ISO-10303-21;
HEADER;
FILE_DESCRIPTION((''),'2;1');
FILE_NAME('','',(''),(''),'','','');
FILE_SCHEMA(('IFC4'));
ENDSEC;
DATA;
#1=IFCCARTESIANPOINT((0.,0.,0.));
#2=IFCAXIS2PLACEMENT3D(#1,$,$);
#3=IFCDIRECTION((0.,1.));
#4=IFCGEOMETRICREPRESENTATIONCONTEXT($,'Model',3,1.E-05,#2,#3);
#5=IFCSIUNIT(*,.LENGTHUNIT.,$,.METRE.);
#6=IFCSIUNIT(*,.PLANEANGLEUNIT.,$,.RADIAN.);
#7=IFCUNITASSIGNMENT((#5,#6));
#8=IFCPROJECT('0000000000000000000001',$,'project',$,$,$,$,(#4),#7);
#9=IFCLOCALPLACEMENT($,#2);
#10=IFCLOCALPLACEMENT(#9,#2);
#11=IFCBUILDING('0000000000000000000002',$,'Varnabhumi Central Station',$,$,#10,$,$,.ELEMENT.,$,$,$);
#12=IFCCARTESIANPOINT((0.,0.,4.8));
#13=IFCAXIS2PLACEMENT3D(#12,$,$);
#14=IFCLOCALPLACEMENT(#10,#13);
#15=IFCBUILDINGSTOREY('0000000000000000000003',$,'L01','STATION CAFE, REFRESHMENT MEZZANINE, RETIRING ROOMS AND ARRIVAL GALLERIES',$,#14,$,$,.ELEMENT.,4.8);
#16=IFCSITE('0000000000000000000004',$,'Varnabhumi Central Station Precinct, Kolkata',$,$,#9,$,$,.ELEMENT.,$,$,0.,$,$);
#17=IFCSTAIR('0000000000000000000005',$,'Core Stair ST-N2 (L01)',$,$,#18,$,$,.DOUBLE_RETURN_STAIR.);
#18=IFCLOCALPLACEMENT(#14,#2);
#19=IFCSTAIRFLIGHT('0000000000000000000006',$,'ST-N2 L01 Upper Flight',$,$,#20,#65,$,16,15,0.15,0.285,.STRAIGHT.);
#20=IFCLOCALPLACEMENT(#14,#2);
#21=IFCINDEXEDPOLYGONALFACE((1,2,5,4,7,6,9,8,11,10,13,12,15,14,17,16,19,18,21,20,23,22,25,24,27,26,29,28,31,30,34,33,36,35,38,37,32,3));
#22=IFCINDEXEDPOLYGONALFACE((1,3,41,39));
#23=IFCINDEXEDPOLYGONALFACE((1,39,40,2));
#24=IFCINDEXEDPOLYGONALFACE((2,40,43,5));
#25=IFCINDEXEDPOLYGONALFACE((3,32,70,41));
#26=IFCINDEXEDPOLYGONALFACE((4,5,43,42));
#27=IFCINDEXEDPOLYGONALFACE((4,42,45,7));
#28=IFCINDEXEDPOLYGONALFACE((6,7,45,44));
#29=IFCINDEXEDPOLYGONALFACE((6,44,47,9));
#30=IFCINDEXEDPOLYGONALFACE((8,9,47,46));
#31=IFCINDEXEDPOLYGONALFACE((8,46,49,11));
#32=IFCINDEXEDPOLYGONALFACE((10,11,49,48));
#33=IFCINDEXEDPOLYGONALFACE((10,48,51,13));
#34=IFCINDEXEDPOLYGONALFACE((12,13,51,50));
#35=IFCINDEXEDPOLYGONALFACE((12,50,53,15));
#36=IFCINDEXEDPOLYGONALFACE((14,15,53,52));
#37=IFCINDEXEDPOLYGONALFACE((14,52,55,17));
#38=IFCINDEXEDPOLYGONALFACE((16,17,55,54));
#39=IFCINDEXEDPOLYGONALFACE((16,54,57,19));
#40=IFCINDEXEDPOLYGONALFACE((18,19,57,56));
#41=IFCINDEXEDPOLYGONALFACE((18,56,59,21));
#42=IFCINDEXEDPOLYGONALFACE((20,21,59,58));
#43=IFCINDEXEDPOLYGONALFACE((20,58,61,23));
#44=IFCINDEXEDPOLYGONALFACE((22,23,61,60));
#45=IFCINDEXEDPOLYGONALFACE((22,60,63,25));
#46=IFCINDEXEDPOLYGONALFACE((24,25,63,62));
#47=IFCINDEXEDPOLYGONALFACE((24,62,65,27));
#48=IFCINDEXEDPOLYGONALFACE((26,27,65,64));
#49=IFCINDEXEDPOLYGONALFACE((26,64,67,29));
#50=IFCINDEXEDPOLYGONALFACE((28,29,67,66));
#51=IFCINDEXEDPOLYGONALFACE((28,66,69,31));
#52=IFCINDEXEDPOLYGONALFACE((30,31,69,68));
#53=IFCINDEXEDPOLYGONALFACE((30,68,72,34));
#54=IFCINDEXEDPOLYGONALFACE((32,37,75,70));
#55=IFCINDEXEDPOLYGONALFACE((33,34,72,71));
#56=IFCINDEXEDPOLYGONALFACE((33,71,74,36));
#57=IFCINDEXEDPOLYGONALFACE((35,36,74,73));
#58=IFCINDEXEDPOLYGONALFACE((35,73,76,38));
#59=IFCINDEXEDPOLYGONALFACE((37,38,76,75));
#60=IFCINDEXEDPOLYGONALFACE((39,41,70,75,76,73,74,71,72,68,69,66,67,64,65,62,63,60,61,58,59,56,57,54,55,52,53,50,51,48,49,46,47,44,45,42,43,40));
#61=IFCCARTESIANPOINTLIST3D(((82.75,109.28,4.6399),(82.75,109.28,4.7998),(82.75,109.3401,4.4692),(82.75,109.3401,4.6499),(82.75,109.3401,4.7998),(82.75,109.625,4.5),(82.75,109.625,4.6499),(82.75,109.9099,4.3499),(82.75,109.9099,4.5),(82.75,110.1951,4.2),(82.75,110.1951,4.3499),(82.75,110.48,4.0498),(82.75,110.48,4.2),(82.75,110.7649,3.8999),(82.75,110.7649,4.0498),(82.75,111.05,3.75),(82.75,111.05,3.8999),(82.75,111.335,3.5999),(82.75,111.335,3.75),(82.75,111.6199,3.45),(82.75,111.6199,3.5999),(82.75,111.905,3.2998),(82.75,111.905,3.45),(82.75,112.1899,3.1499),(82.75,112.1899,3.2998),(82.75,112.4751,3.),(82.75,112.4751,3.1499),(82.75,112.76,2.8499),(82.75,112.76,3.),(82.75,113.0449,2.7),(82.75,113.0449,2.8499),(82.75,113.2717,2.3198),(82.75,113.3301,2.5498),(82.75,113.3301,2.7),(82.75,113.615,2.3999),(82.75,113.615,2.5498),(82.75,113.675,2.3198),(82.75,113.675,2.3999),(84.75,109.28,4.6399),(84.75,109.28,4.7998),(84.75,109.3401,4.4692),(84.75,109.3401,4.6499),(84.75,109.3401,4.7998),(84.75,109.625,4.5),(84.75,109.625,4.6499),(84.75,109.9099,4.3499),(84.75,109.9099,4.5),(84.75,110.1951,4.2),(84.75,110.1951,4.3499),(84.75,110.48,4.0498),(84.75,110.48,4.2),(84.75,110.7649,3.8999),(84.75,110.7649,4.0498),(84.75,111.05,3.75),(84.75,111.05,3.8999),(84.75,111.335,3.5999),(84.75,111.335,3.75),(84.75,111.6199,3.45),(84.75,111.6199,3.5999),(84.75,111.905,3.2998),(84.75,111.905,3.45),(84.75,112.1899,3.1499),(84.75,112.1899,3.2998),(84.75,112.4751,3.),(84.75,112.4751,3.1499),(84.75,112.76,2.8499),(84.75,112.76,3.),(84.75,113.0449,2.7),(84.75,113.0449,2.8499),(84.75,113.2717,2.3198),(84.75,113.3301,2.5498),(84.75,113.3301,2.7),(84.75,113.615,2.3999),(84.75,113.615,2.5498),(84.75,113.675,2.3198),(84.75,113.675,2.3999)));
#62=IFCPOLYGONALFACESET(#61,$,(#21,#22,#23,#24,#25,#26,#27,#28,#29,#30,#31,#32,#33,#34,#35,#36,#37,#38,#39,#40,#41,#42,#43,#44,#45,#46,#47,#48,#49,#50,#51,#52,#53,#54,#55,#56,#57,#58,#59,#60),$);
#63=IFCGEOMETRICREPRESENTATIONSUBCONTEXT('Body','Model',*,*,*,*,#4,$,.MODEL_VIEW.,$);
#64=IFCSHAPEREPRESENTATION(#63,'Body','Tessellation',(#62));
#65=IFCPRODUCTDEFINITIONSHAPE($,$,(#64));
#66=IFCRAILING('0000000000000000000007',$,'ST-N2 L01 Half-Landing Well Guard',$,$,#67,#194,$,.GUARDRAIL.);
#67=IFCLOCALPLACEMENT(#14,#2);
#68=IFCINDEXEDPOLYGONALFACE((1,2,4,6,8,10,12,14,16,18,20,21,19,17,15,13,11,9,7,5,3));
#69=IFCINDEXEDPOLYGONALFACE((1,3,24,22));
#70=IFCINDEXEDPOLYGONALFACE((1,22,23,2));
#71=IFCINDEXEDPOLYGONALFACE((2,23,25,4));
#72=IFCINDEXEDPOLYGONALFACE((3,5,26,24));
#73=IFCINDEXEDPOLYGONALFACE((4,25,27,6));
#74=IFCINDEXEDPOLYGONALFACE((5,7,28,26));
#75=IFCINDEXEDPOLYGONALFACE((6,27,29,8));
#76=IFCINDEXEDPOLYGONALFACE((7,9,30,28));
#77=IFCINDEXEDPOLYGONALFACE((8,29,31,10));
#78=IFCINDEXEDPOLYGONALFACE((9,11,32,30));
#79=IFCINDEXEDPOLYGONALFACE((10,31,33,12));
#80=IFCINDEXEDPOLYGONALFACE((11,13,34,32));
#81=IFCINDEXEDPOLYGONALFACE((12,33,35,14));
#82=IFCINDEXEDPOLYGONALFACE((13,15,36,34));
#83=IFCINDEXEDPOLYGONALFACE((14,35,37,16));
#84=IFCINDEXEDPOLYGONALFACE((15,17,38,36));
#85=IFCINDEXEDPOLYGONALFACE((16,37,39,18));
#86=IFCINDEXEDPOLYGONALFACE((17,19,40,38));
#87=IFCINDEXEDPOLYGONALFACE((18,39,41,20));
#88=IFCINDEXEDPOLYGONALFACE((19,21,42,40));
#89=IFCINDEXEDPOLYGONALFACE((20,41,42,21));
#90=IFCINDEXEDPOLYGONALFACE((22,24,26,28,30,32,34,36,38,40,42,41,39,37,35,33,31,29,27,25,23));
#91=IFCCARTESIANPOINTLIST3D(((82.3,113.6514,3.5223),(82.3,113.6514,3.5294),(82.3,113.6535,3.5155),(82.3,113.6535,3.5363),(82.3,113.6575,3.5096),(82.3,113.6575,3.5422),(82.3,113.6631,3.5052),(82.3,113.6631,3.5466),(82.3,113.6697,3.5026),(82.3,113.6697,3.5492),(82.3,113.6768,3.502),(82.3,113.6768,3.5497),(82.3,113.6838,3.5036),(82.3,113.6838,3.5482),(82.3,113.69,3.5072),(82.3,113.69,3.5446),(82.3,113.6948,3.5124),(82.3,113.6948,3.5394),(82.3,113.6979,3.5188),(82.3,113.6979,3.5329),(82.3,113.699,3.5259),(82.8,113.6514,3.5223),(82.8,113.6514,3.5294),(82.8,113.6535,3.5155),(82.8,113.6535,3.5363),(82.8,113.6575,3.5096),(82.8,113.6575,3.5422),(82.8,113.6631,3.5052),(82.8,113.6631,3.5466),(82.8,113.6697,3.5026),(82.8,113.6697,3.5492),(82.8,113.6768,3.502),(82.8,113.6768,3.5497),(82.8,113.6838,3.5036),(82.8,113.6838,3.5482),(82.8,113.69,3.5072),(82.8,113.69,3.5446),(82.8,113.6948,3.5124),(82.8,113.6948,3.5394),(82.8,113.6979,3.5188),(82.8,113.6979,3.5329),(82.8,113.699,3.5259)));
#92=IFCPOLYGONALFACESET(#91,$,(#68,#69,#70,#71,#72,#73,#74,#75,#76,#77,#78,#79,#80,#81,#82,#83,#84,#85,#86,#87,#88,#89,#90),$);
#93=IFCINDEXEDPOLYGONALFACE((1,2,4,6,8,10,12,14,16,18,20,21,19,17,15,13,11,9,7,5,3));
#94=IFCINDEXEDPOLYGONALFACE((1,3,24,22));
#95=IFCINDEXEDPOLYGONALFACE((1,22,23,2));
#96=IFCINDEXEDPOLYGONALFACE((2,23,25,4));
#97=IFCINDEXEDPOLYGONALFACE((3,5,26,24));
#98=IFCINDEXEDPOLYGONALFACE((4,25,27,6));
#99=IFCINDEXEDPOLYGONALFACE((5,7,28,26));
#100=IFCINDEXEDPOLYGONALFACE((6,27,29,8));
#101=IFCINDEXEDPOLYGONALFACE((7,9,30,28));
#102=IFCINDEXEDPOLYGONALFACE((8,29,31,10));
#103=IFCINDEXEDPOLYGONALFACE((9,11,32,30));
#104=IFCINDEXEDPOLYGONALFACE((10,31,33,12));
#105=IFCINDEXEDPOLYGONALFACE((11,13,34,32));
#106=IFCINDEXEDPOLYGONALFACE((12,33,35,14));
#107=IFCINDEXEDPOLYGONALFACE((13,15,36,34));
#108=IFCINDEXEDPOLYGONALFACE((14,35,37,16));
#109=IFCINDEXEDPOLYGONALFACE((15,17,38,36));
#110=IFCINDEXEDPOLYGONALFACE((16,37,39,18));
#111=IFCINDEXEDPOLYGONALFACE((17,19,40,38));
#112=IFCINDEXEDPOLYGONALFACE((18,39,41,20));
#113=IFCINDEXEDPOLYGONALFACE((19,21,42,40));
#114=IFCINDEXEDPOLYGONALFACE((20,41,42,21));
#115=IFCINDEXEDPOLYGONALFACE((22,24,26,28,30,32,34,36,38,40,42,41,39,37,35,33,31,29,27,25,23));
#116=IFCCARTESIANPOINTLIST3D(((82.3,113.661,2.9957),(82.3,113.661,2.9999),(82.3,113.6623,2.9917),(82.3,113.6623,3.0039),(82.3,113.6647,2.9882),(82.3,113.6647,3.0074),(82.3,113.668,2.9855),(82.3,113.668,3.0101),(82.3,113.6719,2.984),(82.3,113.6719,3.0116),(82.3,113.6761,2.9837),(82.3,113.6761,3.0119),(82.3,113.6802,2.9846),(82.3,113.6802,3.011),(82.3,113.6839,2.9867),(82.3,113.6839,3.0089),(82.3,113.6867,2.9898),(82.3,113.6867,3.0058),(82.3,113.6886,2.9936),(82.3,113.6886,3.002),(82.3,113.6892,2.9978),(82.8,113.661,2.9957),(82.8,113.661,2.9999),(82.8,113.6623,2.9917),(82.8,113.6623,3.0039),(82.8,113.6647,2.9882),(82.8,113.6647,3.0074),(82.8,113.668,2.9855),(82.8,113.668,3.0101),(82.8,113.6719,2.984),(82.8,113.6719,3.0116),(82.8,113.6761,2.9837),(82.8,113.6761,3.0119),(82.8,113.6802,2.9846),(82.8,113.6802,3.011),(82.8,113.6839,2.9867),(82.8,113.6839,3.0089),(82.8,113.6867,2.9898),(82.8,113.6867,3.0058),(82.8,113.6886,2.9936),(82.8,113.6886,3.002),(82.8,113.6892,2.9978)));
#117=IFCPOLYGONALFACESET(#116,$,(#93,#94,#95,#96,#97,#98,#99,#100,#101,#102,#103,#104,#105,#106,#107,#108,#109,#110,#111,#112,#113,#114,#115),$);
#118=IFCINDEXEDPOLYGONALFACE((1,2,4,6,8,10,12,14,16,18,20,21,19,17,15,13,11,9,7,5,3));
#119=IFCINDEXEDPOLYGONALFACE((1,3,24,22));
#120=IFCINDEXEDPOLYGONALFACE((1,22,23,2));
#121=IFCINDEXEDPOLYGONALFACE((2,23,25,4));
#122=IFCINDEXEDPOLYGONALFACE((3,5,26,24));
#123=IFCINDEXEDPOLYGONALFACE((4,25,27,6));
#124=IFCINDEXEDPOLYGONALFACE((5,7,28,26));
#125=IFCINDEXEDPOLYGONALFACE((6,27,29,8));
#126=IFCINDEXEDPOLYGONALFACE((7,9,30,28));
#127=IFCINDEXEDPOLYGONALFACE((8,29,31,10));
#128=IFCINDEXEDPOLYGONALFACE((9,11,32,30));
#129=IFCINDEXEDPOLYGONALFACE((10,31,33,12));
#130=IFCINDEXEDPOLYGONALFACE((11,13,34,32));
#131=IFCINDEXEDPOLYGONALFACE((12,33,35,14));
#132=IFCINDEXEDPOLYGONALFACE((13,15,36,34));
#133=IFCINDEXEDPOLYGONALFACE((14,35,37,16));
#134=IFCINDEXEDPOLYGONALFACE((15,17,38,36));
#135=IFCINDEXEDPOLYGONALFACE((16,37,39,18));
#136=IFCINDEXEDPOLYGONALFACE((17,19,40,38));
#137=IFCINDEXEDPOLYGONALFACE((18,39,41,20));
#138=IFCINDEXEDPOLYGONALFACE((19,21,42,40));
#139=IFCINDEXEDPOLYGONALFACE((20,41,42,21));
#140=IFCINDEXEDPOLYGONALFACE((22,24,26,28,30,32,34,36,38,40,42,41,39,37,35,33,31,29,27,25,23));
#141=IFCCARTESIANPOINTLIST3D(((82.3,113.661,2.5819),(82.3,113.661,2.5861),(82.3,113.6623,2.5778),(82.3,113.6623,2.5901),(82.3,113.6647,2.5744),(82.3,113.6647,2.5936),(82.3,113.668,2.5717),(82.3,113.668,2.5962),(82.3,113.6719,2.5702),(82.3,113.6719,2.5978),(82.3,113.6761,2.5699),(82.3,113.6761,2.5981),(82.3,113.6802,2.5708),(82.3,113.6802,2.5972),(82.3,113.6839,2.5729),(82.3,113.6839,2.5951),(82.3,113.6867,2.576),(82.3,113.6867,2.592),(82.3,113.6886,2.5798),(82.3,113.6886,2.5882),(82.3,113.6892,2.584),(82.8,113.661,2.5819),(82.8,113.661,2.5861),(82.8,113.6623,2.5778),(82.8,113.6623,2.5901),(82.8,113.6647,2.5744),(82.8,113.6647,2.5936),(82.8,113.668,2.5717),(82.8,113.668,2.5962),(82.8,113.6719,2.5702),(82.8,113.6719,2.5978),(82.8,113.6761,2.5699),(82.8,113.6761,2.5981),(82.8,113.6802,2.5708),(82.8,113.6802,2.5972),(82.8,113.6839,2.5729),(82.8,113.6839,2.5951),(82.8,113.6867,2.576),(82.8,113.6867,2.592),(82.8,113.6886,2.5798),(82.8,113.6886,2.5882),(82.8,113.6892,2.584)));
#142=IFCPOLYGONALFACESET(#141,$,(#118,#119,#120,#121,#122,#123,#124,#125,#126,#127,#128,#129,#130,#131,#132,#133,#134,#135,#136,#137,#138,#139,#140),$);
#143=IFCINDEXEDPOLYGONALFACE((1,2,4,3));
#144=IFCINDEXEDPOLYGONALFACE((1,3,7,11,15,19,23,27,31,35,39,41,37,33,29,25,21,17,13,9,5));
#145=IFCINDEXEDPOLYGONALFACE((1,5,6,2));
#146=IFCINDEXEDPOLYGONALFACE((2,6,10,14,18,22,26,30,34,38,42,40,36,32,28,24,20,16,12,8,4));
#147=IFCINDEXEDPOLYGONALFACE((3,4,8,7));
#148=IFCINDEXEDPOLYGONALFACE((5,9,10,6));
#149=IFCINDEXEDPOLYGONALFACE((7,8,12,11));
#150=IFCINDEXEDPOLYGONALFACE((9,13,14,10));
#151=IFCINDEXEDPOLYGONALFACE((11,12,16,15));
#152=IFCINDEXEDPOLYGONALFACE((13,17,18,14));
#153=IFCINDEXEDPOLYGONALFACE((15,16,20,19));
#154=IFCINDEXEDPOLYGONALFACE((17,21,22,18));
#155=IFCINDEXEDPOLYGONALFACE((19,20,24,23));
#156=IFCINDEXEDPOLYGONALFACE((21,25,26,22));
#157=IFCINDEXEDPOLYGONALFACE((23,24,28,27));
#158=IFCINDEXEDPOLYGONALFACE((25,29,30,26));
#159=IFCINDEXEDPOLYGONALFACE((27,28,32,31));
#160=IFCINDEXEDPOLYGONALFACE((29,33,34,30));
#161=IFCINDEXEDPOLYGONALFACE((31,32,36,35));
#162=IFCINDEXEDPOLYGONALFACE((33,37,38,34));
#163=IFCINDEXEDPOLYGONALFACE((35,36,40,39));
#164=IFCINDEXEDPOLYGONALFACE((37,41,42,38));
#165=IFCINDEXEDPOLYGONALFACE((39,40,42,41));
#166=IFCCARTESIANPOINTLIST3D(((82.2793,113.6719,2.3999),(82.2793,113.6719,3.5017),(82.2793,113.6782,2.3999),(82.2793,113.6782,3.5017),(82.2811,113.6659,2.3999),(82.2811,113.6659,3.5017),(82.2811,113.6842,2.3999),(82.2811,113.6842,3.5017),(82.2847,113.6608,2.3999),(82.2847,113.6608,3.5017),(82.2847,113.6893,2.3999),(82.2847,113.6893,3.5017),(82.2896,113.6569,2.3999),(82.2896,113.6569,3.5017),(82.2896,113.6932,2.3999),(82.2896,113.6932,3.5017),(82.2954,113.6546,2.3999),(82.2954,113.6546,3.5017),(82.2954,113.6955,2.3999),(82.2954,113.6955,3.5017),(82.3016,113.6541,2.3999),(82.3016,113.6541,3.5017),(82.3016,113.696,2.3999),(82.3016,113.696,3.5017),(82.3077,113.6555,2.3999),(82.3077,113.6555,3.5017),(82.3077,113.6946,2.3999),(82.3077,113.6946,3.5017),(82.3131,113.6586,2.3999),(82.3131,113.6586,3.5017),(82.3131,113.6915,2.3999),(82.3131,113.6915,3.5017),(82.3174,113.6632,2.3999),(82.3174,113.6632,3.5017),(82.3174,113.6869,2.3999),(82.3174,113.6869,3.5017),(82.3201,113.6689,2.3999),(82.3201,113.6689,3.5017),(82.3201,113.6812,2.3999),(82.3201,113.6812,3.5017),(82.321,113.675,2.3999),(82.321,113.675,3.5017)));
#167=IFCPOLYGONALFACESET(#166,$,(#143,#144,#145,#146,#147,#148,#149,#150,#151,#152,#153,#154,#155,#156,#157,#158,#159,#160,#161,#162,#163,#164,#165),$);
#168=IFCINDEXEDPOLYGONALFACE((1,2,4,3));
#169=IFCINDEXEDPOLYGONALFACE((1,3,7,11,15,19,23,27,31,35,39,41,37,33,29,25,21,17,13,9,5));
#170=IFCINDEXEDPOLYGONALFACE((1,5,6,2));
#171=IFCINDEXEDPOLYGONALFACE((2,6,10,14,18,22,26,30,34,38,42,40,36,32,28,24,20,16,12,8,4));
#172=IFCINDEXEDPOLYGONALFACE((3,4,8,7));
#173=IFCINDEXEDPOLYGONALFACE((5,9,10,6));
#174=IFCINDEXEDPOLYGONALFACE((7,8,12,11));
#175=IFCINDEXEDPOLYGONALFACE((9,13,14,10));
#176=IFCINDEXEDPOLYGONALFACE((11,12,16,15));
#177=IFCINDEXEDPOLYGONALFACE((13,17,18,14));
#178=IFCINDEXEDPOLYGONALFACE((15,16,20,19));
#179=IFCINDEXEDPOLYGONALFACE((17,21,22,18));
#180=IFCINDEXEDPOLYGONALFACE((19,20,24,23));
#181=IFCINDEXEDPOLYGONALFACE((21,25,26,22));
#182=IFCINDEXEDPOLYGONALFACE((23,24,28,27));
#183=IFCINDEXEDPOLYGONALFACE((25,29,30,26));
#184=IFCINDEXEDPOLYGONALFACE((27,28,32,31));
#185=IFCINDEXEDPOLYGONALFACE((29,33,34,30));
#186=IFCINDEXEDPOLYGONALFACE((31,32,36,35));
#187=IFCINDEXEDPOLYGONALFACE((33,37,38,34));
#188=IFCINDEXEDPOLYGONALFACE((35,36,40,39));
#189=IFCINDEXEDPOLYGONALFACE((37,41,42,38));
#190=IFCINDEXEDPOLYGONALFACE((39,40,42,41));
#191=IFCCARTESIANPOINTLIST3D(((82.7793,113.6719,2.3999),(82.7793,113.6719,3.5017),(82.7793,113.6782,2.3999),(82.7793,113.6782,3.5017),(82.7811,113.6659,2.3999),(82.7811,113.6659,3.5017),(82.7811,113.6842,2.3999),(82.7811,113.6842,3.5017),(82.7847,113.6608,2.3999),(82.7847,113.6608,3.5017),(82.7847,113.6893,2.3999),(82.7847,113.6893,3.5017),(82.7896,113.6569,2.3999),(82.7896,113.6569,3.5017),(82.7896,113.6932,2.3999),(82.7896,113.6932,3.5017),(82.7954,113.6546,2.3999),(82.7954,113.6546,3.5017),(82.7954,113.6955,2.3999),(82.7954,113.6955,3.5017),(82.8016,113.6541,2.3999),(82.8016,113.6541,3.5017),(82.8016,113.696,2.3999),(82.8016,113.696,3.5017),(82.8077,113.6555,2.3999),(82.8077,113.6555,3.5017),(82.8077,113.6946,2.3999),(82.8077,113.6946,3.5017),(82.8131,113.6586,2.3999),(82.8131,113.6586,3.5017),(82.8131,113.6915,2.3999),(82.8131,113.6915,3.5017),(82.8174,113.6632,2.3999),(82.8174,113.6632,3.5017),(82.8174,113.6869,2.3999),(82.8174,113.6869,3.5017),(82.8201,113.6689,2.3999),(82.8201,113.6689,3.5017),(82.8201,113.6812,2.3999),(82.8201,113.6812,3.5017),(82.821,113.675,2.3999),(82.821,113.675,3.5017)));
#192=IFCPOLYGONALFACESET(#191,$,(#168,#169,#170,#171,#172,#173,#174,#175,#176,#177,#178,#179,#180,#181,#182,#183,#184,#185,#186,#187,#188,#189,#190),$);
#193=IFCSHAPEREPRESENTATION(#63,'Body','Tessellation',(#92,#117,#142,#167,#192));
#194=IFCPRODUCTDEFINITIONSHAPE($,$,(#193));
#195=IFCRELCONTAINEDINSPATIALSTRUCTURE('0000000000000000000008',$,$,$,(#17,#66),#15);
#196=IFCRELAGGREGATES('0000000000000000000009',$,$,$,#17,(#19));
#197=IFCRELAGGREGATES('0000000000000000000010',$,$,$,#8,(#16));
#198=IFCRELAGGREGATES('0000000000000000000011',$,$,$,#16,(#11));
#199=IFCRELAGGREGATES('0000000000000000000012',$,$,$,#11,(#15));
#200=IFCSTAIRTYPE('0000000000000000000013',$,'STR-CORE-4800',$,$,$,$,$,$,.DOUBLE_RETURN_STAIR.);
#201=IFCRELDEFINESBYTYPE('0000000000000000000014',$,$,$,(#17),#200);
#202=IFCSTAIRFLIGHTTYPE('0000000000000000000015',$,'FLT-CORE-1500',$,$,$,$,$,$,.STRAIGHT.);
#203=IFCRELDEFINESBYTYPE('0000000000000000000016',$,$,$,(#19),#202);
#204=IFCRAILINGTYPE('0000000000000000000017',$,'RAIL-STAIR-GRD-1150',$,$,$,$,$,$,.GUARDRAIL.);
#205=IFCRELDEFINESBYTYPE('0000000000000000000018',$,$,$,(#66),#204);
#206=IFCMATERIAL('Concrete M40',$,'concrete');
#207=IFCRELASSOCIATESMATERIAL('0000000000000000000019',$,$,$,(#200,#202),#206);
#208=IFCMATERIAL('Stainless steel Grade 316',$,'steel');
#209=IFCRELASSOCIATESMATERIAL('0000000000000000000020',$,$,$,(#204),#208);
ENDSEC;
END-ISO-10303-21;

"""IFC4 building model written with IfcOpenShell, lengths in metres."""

from ifc_helpers import new_model, si_unit, direction, frame, origin, origin_2d, place, context, subcontext, project, spatial, polyline, circle, outline, extrude, material, type_object, element, aggregate, save


model = new_model("IFC4")

# Units and contexts
model_context = context("Model", 3, precision=1e-05, world=origin(), true_north=direction((0.0, 1.0)))
body_context = subcontext(model_context, "Body", "Model", "MODEL_VIEW")
ifc_project = project(units=[si_unit("LENGTHUNIT", "METRE"), si_unit("PLANEANGLEUNIT", "RADIAN")], contexts=[model_context])

# Site, building, storey
site_placement = place(None, origin())
site = spatial("IfcSite", under=ifc_project, at=site_placement, Name="Varnabhumi Central Station Precinct, Kolkata", CompositionType="ELEMENT", RefElevation=0.0)
building_placement = place(site_placement, origin())
building = spatial("IfcBuilding", under=site, at=building_placement, Name="Varnabhumi Central Station", CompositionType="ELEMENT")
storey_placement = place(building_placement, frame((0.0, 0.0, 4.8)))
storey = spatial("IfcBuildingStorey", under=building, at=storey_placement, Name="L01", Description="STATION CAFE, REFRESHMENT MEZZANINE, RETIRING ROOMS AND ARRIVAL GALLERIES", CompositionType="ELEMENT", Elevation=4.8)

# Shared definitions
ifc_material_1 = material(Name="Concrete M40", Category="concrete")

# Shared definitions
ifc_material_2 = material(Name="Stainless steel Grade 316", Category="steel")

# Stair, stair flight
stair_type = type_object("IfcStairType", Name="STR-CORE-4800", PredefinedType="DOUBLE_RETURN_STAIR", material=ifc_material_1)
stair_placement = place(storey_placement, origin())
stair = element("IfcStair", 1, at=stair_placement, inside=storey, type_object=stair_type, Name="Core Stair ST-N2 (L01)", PredefinedType="DOUBLE_RETURN_STAIR")
stair_flight_type = type_object("IfcStairFlightType", Name="FLT-CORE-1500", PredefinedType="STRAIGHT", material=ifc_material_1)
stair_flight_1_placement = place(storey_placement, frame((83.75, 113.615, 2.3999), z_axis=(0.0, 0.0, 1.0), x_axis=(0.0, -1.0, 0.0)))
stair_flight_1 = element("IfcStairFlight", 2, at=stair_flight_1_placement, type_object=stair_flight_type, Name="ST-N2 L01 Upper Flight", NumberOfRisers=16, NumberOfTreads=15, PredefinedType="STRAIGHT", RiserHeight=0.15, TreadLength=0.285, context=body_context, shape_type="SweptSolid", body=[
    extrude(outline(polyline([(-0.0601, -0.0801), (-0.0601, 0.0), (0.0, 0.0), (0.0, 0.1499), (0.2849, 0.1499), (0.2849, 0.3), (0.5701, 0.3), (0.5701, 0.45), (0.855, 0.45), (0.855, 0.6001), (1.1399, 0.6001), (1.1399, 0.75), (1.425, 0.75), (1.425, 0.8999), (1.71, 0.8999), (1.71, 1.05), (1.9951, 1.05), (1.9951, 1.2), (2.28, 1.2), (2.28, 1.3501), (2.5649, 1.3501), (2.5649, 1.5), (2.8501, 1.5), (2.8501, 1.6499), (3.135, 1.6499), (3.135, 1.8), (3.4199, 1.8), (3.4199, 1.95), (3.7051, 1.95), (3.7051, 2.1001), (3.99, 2.1001), (3.99, 2.25), (4.2749, 2.25), (4.2749, 2.3999), (4.335, 2.3999), (4.335, 2.24), (4.2749, 2.0693), (0.3433, -0.0801), (-0.0601, -0.0801)])), frame((0.0, 1.0, 0.0), z_axis=(0.0, -1.0, 0.0), x_axis=(1.0, 0.0, 0.0)), (0.0, 0.0, 1.0), 2.0),
])
aggregate(stair, [stair_flight_1])

# Railing
railing_type_1 = type_object("IfcRailingType", Name="RAIL-STAIR-GRD-1150", PredefinedType="GUARDRAIL", material=ifc_material_2)
for number, where, name in (
    (3, (82.3, 113.675, 2.3999), "ST-N2 L01 Half-Landing Well Guard"),
):
    element("IfcRailing", number, at=place(storey_placement, frame(where)), inside=storey, type_object=railing_type_1, Name=name, PredefinedType="GUARDRAIL", context=body_context, shape_type="SweptSolid", body=[
        extrude(circle(Radius=0.0239, at=origin_2d()), frame((0.0, 0.0, 1.126), z_axis=(1.0, 0.0, 0.0), x_axis=(0.0, 1.0, 0.0)), (0.0, 0.0, 1.0), 0.5),
        extrude(circle(Radius=0.0142, at=origin_2d()), frame((0.0, 0.0, 0.5979), z_axis=(1.0, 0.0, 0.0), x_axis=(0.0, 1.0, 0.0)), (0.0, 0.0, 1.0), 0.5),
        extrude(circle(Radius=0.0142, at=origin_2d()), frame((0.0, 0.0, 0.1841), z_axis=(1.0, 0.0, 0.0), x_axis=(0.0, 1.0, 0.0)), (0.0, 0.0, 1.0), 0.5),
        extrude(circle(Radius=0.021, at=origin_2d()), origin(), (0.0, 0.0, 1.0), 1.1018),
        extrude(circle(Radius=0.021, at=origin_2d()), frame((0.5, 0.0, 0.0)), (0.0, 0.0, 1.0), 1.1018),
    ])

save(model, "model.ifc")
